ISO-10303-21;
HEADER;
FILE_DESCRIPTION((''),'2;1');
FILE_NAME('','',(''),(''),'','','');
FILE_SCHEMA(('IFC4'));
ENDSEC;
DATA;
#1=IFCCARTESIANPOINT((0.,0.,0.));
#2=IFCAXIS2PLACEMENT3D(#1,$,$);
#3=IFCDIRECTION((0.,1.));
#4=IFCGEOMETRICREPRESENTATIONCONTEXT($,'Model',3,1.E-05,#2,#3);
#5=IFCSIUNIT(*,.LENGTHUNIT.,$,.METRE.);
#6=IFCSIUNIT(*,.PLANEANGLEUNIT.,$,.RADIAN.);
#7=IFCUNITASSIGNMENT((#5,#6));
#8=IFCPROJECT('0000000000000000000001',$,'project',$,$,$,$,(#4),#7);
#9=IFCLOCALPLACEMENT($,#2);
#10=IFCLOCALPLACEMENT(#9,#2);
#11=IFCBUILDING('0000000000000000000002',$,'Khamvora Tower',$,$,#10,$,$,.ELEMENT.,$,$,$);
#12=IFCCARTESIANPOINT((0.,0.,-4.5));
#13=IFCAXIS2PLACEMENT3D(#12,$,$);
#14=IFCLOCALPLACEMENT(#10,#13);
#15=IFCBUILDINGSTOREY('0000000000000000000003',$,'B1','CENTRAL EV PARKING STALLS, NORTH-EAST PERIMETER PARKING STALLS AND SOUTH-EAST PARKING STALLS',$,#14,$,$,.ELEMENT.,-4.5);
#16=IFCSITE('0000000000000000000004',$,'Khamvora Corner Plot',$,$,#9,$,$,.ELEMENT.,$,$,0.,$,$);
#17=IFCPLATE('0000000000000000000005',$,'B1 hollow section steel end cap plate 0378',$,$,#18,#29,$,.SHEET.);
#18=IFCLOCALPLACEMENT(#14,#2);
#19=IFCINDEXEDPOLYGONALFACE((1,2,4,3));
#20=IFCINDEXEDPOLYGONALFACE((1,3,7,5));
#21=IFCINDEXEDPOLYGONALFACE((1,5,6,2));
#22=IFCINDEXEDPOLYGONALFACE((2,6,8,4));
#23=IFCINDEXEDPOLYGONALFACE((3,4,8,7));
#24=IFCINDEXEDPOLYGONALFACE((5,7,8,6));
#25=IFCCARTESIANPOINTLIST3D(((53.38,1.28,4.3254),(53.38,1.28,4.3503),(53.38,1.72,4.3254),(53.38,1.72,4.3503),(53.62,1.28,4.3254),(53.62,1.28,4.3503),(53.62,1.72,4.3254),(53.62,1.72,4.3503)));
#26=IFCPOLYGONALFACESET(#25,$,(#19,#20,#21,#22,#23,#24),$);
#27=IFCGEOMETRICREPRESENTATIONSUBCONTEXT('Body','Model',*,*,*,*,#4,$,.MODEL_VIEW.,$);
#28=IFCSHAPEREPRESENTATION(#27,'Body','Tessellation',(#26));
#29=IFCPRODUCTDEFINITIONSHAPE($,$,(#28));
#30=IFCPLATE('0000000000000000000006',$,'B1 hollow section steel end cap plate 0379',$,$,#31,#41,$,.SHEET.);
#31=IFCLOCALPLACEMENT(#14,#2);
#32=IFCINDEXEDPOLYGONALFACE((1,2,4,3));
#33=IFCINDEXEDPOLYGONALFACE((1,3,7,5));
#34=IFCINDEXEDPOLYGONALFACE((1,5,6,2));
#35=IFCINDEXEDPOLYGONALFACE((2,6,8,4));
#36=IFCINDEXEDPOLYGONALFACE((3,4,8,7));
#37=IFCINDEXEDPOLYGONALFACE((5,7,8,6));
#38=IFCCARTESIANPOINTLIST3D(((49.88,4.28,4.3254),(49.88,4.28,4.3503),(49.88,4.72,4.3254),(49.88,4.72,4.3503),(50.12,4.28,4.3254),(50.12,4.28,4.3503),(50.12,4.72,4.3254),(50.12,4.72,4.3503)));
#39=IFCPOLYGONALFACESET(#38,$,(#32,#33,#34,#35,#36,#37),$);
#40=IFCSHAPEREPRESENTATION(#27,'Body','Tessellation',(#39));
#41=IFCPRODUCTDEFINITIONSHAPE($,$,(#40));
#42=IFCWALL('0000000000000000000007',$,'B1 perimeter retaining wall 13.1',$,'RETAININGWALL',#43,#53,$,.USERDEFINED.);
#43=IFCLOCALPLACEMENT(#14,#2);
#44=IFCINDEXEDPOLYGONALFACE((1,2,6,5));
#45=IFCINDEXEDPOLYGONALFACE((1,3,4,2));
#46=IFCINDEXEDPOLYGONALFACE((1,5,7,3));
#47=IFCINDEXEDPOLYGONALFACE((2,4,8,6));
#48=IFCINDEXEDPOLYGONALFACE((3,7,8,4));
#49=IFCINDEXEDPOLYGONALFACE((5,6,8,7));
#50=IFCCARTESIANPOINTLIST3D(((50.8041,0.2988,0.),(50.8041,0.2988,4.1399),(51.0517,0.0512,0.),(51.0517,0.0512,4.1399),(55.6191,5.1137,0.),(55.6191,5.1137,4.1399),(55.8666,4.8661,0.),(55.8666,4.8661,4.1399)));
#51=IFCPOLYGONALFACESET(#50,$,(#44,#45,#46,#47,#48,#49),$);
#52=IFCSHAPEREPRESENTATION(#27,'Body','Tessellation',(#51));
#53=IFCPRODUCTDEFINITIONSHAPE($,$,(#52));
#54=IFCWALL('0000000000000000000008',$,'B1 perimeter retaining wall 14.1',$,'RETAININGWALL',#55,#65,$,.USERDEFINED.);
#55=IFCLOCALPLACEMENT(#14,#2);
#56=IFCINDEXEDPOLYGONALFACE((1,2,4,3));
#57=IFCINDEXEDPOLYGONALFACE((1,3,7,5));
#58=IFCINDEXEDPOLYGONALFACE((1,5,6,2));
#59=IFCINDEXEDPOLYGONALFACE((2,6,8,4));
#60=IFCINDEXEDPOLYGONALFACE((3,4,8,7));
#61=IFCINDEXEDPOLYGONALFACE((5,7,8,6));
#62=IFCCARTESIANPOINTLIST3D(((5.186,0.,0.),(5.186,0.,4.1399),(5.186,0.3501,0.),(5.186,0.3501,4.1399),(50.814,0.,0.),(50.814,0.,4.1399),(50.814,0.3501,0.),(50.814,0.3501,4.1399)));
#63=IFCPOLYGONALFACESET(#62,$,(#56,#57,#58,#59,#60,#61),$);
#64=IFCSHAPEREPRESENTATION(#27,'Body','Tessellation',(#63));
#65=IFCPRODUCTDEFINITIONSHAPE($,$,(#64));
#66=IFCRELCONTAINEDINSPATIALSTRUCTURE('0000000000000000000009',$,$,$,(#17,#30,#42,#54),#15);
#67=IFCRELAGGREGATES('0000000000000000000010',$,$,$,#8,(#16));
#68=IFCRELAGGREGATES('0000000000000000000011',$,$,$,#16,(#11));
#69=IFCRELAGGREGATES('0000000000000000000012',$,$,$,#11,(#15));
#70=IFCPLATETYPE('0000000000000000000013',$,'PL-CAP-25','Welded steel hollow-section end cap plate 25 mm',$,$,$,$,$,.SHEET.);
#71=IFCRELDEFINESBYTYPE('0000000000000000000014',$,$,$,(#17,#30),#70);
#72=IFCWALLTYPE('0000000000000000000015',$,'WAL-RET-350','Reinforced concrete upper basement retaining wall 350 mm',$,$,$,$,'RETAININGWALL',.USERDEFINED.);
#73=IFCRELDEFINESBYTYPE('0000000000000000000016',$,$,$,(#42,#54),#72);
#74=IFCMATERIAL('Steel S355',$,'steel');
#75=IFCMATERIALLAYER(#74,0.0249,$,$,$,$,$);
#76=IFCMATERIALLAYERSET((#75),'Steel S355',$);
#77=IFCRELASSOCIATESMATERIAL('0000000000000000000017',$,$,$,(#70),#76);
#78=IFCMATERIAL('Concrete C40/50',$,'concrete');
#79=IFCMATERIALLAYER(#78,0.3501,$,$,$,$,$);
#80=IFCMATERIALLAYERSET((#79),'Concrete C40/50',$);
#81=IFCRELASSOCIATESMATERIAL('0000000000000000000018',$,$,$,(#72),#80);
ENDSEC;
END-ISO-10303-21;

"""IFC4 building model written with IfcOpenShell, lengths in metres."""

from ifc_helpers import new_model, si_unit, direction, frame, frame_2d, origin, origin_2d, place, context, subcontext, project, spatial, rectangle, extrude, material, layer, layer_set, type_object, element, save


model = new_model("IFC4")

# Units and contexts
model_context = context("Model", 3, precision=1e-05, world=origin(), true_north=direction((0.0, 1.0)))
body_context = subcontext(model_context, "Body", "Model", "MODEL_VIEW")
ifc_project = project(units=[si_unit("LENGTHUNIT", "METRE"), si_unit("PLANEANGLEUNIT", "RADIAN")], contexts=[model_context])

# Site, building, storey
site_placement = place(None, origin())
site = spatial("IfcSite", under=ifc_project, at=site_placement, Name="Khamvora Corner Plot", CompositionType="ELEMENT", RefElevation=0.0)
building_placement = place(site_placement, origin())
building = spatial("IfcBuilding", under=site, at=building_placement, Name="Khamvora Tower", CompositionType="ELEMENT")
storey_placement = place(building_placement, frame((0.0, 0.0, -4.5)))
storey = spatial("IfcBuildingStorey", under=building, at=storey_placement, Name="B1", Description="CENTRAL EV PARKING STALLS, NORTH-EAST PERIMETER PARKING STALLS AND SOUTH-EAST PARKING STALLS", CompositionType="ELEMENT", Elevation=-4.5)

# Shared definitions
ifc_material_1 = material(Name="Steel S355", Category="steel")

# Plates
ifc_layer_1 = layer(ifc_material_1, 0.0249)
ifc_layer_set_1 = layer_set([ifc_layer_1], Name="Steel S355")
plate_type = type_object("IfcPlateType", Name="PL-CAP-25", Description="Welded steel hollow-section end cap plate 25 mm", PredefinedType="SHEET", material=ifc_layer_set_1)
for number, where, z_axis, x_axis, name in (
    (1, (53.5, 1.5, 4.3254), (0.0, 0.0, 1.0), (1.0, 0.0, 0.0), "B1 hollow section steel end cap plate 0378"),
    (2, (50.0, 4.5, 4.3254), (0.0, 0.0, 1.0), (1.0, 0.0, 0.0), "B1 hollow section steel end cap plate 0379"),
):
    element("IfcPlate", number, at=place(storey_placement, frame(where, z_axis=z_axis, x_axis=x_axis)), inside=storey, type_object=plate_type, Name=name, PredefinedType="SHEET", context=body_context, shape_type="SweptSolid", body=[
        extrude(rectangle(XDim=0.24, YDim=0.4399, at=origin_2d()), origin(), (0.0, 0.0, 1.0), 0.0249),
    ])

# Walls
ifc_material_2 = material(Name="Concrete C40/50", Category="concrete")
ifc_layer_2 = layer(ifc_material_2, 0.3501)
ifc_layer_set_2 = layer_set([ifc_layer_2], Name="Concrete C40/50")
wall_type = type_object("IfcWallType", Name="WAL-RET-350", Description="Reinforced concrete upper basement retaining wall 350 mm", ElementType="RETAININGWALL", PredefinedType="USERDEFINED", material=ifc_layer_set_2)
wall_1_placement = place(storey_placement, frame((55.7429, 4.99, 0.0), z_axis=(0.0, 0.0, 1.0), x_axis=(-0.707107, -0.707107, 0.0)))
element("IfcWall", 3, at=wall_1_placement, inside=storey, type_object=wall_type, Name="B1 perimeter retaining wall 13.1", ObjectType="RETAININGWALL", PredefinedType="USERDEFINED", context=body_context, shape_type="SweptSolid", body=[
    extrude(rectangle(XDim=6.8093, YDim=0.3501, at=frame_2d((3.4048, 0.0))), origin(), (0.0, 0.0, 1.0), 4.1399),
])
wall_2_placement = place(storey_placement, frame((50.814, 0.175, 0.0), z_axis=(0.0, 0.0, 1.0), x_axis=(-1.0, 0.0, 0.0)))
element("IfcWall", 4, at=wall_2_placement, inside=storey, type_object=wall_type, Name="B1 perimeter retaining wall 14.1", ObjectType="RETAININGWALL", PredefinedType="USERDEFINED", context=body_context, shape_type="SweptSolid", body=[
    extrude(rectangle(XDim=45.6279, YDim=0.3501, at=frame_2d((22.814, 0.0))), origin(), (0.0, 0.0, 1.0), 4.1399),
])

save(model, "model.ifc")
